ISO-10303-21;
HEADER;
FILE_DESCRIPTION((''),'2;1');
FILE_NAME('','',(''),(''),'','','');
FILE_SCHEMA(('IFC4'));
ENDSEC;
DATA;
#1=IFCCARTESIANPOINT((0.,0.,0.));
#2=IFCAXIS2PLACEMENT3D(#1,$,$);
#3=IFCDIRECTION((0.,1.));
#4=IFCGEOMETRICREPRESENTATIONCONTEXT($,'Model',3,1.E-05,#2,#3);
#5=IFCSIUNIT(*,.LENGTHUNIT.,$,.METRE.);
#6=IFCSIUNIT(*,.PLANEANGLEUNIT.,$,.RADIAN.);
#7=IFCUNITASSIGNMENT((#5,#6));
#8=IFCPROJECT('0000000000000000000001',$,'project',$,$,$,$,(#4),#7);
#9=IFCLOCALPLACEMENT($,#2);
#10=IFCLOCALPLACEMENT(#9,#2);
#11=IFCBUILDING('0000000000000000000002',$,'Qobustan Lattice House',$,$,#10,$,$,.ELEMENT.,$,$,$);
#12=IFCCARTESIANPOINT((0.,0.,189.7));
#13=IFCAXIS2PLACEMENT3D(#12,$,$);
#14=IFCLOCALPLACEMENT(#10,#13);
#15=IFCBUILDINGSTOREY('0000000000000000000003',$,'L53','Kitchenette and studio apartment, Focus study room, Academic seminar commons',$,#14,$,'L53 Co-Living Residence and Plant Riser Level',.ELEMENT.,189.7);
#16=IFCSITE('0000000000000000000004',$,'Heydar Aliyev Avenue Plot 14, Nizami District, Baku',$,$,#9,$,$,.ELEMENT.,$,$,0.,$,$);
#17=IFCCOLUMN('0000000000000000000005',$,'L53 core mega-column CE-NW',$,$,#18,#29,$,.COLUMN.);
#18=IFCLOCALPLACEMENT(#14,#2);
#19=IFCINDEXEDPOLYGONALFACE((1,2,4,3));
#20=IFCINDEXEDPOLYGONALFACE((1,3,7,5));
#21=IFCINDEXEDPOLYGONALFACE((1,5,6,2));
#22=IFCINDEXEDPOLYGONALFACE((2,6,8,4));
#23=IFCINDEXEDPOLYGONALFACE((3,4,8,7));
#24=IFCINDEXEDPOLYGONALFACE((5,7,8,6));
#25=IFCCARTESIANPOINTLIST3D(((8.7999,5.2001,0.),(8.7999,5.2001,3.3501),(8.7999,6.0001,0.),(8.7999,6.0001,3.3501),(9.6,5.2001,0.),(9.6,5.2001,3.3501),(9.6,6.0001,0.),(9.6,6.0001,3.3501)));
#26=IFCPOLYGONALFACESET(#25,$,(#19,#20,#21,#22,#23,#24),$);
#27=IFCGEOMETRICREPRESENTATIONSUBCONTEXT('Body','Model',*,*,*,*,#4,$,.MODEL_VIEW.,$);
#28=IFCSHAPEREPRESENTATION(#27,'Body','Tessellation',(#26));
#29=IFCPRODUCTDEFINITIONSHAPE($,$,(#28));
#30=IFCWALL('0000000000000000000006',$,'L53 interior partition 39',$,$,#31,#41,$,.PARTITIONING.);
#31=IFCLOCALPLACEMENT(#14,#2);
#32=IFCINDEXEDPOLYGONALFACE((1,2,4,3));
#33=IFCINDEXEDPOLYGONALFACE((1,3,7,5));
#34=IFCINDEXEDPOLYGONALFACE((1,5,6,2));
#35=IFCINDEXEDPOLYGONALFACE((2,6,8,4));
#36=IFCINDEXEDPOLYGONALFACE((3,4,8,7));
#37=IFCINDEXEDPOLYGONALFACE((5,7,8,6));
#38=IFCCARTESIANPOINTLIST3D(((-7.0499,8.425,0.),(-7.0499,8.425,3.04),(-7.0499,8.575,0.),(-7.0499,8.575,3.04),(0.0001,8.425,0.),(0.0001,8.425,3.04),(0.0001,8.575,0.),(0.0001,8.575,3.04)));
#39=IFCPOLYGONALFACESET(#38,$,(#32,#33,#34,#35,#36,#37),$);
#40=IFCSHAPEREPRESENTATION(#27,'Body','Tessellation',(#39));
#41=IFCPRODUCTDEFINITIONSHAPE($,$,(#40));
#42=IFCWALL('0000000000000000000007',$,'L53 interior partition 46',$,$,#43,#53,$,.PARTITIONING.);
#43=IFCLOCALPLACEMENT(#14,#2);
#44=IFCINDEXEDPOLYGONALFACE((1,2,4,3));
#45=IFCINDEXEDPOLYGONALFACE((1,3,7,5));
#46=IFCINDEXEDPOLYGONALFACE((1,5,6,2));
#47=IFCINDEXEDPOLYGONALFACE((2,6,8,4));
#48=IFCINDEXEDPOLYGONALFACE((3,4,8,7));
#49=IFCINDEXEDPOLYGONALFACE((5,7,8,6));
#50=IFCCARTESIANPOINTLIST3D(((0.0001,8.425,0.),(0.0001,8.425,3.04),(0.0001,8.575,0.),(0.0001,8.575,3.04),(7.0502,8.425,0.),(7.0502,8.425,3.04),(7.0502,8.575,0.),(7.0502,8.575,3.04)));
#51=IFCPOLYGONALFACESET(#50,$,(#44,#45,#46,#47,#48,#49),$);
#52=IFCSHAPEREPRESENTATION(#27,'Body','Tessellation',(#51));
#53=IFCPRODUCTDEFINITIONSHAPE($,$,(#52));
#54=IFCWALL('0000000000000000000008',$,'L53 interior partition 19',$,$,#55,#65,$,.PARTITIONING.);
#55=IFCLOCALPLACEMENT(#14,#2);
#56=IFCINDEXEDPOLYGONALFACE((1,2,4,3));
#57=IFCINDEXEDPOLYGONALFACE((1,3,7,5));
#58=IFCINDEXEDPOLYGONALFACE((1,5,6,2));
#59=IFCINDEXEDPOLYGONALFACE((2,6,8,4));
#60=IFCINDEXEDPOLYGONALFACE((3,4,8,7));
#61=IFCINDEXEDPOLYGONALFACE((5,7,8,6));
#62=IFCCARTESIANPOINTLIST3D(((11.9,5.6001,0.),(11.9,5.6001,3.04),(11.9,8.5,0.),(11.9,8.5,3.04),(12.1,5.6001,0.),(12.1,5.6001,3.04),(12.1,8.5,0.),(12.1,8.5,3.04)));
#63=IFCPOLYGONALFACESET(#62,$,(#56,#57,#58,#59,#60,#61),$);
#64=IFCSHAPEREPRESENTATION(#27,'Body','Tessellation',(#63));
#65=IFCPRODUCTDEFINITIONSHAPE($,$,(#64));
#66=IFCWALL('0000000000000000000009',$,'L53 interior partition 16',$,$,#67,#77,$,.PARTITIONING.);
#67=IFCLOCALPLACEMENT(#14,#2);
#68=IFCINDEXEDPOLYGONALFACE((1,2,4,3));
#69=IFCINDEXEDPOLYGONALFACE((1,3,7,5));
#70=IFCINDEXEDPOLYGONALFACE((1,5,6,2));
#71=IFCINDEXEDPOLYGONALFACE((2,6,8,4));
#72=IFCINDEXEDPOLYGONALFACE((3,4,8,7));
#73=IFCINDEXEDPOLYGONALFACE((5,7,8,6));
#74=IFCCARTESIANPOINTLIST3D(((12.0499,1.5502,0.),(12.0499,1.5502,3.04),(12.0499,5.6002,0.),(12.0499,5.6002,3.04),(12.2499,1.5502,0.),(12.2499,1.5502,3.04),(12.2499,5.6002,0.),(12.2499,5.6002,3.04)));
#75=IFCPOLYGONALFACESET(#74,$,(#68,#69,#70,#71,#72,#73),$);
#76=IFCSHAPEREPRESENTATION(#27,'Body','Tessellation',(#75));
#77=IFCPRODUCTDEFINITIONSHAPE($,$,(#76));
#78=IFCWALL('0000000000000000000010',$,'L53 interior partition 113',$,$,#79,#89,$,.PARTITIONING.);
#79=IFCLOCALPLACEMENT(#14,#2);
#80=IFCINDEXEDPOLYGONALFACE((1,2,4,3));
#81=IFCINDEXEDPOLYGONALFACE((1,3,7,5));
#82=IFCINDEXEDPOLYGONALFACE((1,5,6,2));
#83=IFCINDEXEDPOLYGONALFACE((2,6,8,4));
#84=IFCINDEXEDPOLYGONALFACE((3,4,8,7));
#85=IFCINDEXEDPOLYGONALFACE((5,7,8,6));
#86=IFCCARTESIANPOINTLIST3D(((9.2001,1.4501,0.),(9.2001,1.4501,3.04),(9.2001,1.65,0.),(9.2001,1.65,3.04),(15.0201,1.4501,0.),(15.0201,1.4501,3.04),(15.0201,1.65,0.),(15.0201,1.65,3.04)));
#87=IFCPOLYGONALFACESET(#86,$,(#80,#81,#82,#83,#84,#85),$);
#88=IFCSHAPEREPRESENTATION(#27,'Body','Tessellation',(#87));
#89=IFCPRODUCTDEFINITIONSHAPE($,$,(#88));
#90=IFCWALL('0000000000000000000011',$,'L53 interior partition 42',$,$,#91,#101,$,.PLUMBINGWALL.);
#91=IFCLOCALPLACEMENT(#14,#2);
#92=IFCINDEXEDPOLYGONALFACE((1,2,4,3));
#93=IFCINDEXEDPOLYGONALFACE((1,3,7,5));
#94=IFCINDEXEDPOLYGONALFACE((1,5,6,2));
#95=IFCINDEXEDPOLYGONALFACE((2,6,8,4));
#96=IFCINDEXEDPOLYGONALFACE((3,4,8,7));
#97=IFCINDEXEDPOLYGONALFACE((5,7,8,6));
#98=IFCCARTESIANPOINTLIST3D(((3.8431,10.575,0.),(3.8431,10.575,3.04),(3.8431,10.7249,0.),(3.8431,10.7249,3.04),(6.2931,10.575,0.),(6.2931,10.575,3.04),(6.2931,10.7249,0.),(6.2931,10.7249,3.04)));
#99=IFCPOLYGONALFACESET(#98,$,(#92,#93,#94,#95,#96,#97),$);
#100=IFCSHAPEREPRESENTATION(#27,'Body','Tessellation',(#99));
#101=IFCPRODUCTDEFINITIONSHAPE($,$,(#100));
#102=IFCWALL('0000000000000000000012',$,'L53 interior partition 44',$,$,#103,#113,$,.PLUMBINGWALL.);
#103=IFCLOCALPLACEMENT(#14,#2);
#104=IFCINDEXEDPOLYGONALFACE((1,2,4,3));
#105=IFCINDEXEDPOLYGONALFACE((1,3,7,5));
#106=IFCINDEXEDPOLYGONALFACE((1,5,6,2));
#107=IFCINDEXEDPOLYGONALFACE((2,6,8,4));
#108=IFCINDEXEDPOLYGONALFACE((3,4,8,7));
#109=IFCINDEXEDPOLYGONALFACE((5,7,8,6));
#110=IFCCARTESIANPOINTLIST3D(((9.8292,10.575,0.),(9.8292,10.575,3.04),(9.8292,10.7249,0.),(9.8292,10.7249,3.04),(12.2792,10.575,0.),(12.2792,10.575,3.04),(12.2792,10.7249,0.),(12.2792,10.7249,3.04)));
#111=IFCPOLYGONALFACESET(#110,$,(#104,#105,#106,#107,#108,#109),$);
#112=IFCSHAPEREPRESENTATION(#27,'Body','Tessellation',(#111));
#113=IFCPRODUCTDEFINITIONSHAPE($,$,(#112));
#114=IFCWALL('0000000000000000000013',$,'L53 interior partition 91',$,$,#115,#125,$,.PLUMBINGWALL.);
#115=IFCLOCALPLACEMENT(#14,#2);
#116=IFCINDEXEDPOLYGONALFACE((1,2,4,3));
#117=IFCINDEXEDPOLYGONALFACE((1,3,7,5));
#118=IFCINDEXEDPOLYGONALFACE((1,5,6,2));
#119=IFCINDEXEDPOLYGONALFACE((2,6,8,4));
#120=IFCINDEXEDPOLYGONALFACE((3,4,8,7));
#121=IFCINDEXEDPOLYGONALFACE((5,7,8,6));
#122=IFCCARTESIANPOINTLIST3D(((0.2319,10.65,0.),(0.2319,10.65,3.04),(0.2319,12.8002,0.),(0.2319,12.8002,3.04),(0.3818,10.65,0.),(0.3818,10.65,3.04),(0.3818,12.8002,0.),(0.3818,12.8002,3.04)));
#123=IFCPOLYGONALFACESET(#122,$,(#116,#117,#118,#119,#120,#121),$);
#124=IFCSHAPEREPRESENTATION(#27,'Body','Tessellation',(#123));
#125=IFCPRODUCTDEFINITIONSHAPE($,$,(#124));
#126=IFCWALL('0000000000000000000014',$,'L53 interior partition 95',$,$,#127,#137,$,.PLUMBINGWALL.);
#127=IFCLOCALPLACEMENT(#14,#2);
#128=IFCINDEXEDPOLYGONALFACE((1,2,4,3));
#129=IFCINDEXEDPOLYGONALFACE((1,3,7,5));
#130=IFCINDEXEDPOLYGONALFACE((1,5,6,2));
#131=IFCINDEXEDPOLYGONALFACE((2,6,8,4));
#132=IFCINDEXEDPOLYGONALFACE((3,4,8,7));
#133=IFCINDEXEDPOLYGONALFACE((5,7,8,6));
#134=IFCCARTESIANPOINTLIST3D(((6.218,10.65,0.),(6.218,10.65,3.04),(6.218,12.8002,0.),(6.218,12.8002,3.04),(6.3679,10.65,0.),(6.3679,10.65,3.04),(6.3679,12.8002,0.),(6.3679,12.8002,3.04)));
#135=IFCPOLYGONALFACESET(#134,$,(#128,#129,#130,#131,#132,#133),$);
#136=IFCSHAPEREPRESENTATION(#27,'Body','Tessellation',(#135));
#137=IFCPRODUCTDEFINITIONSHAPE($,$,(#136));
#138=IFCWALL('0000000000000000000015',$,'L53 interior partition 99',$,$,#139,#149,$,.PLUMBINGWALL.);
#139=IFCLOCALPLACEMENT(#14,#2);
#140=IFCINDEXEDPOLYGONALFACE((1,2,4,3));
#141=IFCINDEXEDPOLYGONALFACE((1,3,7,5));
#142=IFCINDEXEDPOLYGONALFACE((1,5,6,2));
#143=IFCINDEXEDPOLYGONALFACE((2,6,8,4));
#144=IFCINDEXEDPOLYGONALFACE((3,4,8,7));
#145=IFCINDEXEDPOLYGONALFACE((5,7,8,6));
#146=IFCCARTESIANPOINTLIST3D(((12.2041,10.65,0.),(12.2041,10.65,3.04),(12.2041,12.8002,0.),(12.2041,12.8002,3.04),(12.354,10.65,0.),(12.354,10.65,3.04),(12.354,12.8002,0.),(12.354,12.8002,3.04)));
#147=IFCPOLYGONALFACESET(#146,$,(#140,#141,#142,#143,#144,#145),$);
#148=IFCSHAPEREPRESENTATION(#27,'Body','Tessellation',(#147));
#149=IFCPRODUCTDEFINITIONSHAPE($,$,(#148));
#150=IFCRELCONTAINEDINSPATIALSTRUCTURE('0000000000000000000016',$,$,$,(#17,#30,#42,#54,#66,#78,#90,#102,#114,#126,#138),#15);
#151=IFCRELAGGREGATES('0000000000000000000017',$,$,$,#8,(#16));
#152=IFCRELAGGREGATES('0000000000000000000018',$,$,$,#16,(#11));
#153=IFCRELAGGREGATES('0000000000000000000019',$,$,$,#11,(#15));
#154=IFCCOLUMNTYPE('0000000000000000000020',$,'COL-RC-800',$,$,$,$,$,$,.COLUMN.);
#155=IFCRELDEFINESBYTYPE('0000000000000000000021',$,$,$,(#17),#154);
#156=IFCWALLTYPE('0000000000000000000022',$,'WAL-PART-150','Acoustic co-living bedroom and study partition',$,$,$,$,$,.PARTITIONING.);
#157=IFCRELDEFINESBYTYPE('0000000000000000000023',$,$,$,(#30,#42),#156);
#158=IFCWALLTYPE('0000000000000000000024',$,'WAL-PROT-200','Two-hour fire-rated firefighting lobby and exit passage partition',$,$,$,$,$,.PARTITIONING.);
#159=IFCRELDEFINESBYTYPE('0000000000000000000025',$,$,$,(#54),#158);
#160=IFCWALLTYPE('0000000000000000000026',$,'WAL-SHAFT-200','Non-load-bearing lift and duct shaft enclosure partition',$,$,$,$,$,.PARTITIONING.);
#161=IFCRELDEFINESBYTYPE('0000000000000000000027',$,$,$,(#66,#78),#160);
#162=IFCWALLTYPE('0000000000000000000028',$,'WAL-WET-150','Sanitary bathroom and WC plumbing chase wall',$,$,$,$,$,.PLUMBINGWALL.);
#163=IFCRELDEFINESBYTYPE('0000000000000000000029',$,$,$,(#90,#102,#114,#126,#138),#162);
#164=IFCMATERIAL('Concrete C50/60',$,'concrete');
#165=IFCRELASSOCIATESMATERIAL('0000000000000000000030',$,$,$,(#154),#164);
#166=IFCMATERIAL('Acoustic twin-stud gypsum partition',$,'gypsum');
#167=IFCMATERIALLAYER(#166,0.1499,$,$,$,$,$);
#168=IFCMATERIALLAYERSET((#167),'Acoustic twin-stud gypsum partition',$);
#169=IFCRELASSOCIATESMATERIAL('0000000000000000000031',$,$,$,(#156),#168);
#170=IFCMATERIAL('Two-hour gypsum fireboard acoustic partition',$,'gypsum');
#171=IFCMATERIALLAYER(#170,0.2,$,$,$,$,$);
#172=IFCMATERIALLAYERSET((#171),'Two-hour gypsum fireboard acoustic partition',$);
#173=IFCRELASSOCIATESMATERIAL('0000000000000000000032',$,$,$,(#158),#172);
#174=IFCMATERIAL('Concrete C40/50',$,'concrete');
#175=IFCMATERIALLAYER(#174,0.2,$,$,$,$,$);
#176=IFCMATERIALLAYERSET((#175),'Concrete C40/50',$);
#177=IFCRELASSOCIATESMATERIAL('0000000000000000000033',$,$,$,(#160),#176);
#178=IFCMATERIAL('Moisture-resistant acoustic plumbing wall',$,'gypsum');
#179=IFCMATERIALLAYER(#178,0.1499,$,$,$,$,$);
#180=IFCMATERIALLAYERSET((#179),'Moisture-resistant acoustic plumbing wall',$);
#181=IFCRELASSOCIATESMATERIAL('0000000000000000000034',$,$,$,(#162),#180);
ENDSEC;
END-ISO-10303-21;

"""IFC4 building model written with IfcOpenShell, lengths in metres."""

from ifc_helpers import new_model, si_unit, direction, frame, frame_2d, origin, origin_2d, place, context, subcontext, project, spatial, rectangle, extrude, material, layer, layer_set, material_profile, profile_set, type_object, element, save


model = new_model("IFC4")

# Units and contexts
model_context = context("Model", 3, precision=1e-05, world=origin(), true_north=direction((0.0, 1.0)))
body_context = subcontext(model_context, "Body", "Model", "MODEL_VIEW")
ifc_project = project(units=[si_unit("LENGTHUNIT", "METRE"), si_unit("PLANEANGLEUNIT", "RADIAN")], contexts=[model_context])

# Site, building, storey
site_placement = place(None, origin())
site = spatial("IfcSite", under=ifc_project, at=site_placement, Name="Heydar Aliyev Avenue Plot 14, Nizami District, Baku", CompositionType="ELEMENT", RefElevation=0.0)
building_placement = place(site_placement, origin())
building = spatial("IfcBuilding", under=site, at=building_placement, Name="Qobustan Lattice House", CompositionType="ELEMENT")
storey_placement = place(building_placement, frame((0.0, 0.0, 189.7)))
storey = spatial("IfcBuildingStorey", under=building, at=storey_placement, Name="L53", Description="Kitchenette and studio apartment, Focus study room, Academic seminar commons", LongName="L53 Co-Living Residence and Plant Riser Level", CompositionType="ELEMENT", Elevation=189.7)

# Column
ifc_material_1 = material(Name="Concrete C50/60", Category="concrete")
ifc_material_profile = material_profile(ifc_material_1, rectangle(XDim=0.8, YDim=0.8, at=origin_2d()), Name="RC800x800")
ifc_profile_set = profile_set([ifc_material_profile], Name="Concrete C50/60")
column_type = type_object("IfcColumnType", Name="COL-RC-800", PredefinedType="COLUMN", material=ifc_profile_set)
column_placement = place(storey_placement, frame((9.2, 5.6001, 0.0), z_axis=(0.0, 0.0, 1.0), x_axis=(1.0, 0.0, 0.0)))
element("IfcColumn", 1, at=column_placement, inside=storey, type_object=column_type, Name="L53 core mega-column CE-NW", PredefinedType="COLUMN", context=body_context, shape_type="SweptSolid", body=[
    extrude(rectangle(XDim=0.8, YDim=0.8, at=origin_2d()), origin(), (0.0, 0.0, 1.0), 3.3501),
])

# Walls
ifc_material_2 = material(Name="Acoustic twin-stud gypsum partition", Category="gypsum")
ifc_layer_1 = layer(ifc_material_2, 0.1499)
ifc_layer_set_1 = layer_set([ifc_layer_1], Name="Acoustic twin-stud gypsum partition")
wall_type_1 = type_object("IfcWallType", Name="WAL-PART-150", Description="Acoustic co-living bedroom and study partition", PredefinedType="PARTITIONING", material=ifc_layer_set_1)
for number, where, z_axis, x_axis, name in (
    (2, (0.0, 8.5, 0.0), (0.0, 0.0, 1.0), (-1.0, 0.0, 0.0), "L53 interior partition 39"),
    (3, (7.05, 8.5, 0.0), (0.0, 0.0, 1.0), (-1.0, 0.0, 0.0), "L53 interior partition 46"),
):
    element("IfcWall", number, at=place(storey_placement, frame(where, z_axis=z_axis, x_axis=x_axis)), inside=storey, type_object=wall_type_1, Name=name, PredefinedType="PARTITIONING", context=body_context, shape_type="SweptSolid", body=[
        extrude(rectangle(XDim=7.05, YDim=0.1499, at=frame_2d((3.5249, 0.0))), origin(), (0.0, 0.0, 1.0), 3.04),
    ])
ifc_material_3 = material(Name="Two-hour gypsum fireboard acoustic partition", Category="gypsum")
ifc_layer_2 = layer(ifc_material_3, 0.2)
ifc_layer_set_2 = layer_set([ifc_layer_2], Name="Two-hour gypsum fireboard acoustic partition")
wall_type_2 = type_object("IfcWallType", Name="WAL-PROT-200", Description="Two-hour fire-rated firefighting lobby and exit passage partition", PredefinedType="PARTITIONING", material=ifc_layer_set_2)
wall_1_placement = place(storey_placement, frame((12.0, 8.5, 0.0), z_axis=(0.0, 0.0, 1.0), x_axis=(0.0, -1.0, 0.0)))
element("IfcWall", 4, at=wall_1_placement, inside=storey, type_object=wall_type_2, Name="L53 interior partition 19", PredefinedType="PARTITIONING", context=body_context, shape_type="SweptSolid", body=[
    extrude(rectangle(XDim=2.8999, YDim=0.2, at=frame_2d((1.45, 0.0))), origin(), (0.0, 0.0, 1.0), 3.04),
])
ifc_material_4 = material(Name="Concrete C40/50", Category="concrete")
ifc_layer_3 = layer(ifc_material_4, 0.2)
ifc_layer_set_3 = layer_set([ifc_layer_3], Name="Concrete C40/50")
wall_type_3 = type_object("IfcWallType", Name="WAL-SHAFT-200", Description="Non-load-bearing lift and duct shaft enclosure partition", PredefinedType="PARTITIONING", material=ifc_layer_set_3)
wall_2_placement = place(storey_placement, frame((12.1499, 5.6001, 0.0), z_axis=(0.0, 0.0, 1.0), x_axis=(0.0, -1.0, 0.0)))
element("IfcWall", 5, at=wall_2_placement, inside=storey, type_object=wall_type_3, Name="L53 interior partition 16", PredefinedType="PARTITIONING", context=body_context, shape_type="SweptSolid", body=[
    extrude(rectangle(XDim=4.05, YDim=0.2, at=frame_2d((2.0249, 0.0))), origin(), (0.0, 0.0, 1.0), 3.04),
])
wall_3_placement = place(storey_placement, frame((9.2, 1.55, 0.0), z_axis=(0.0, 0.0, 1.0), x_axis=(1.0, 0.0, 0.0)))
element("IfcWall", 6, at=wall_3_placement, inside=storey, type_object=wall_type_3, Name="L53 interior partition 113", PredefinedType="PARTITIONING", context=body_context, shape_type="SweptSolid", body=[
    extrude(rectangle(XDim=5.8201, YDim=0.2, at=frame_2d((2.9102, 0.0))), origin(), (0.0, 0.0, 1.0), 3.04),
])
ifc_material_5 = material(Name="Moisture-resistant acoustic plumbing wall", Category="gypsum")
ifc_layer_4 = layer(ifc_material_5, 0.1499)
ifc_layer_set_4 = layer_set([ifc_layer_4], Name="Moisture-resistant acoustic plumbing wall")
wall_type_4 = type_object("IfcWallType", Name="WAL-WET-150", Description="Sanitary bathroom and WC plumbing chase wall", PredefinedType="PLUMBINGWALL", material=ifc_layer_set_4)
for number, where, z_axis, x_axis, name in (
    (7, (3.843, 10.6499, 0.0), (0.0, 0.0, 1.0), (1.0, 0.0, 0.0), "L53 interior partition 42"),
    (8, (9.8291, 10.6499, 0.0), (0.0, 0.0, 1.0), (1.0, 0.0, 0.0), "L53 interior partition 44"),
):
    element("IfcWall", number, at=place(storey_placement, frame(where, z_axis=z_axis, x_axis=x_axis)), inside=storey, type_object=wall_type_4, Name=name, PredefinedType="PLUMBINGWALL", context=body_context, shape_type="SweptSolid", body=[
        extrude(rectangle(XDim=2.45, YDim=0.1499, at=frame_2d((1.2251, 0.0))), origin(), (0.0, 0.0, 1.0), 3.04),
    ])
for number, where, z_axis, x_axis, name in (
    (9, (0.3069, 10.6499, 0.0), (0.0, 0.0, 1.0), (0.0, 1.0, 0.0), "L53 interior partition 91"),
    (10, (6.293, 10.6499, 0.0), (0.0, 0.0, 1.0), (0.0, 1.0, 0.0), "L53 interior partition 95"),
    (11, (12.2791, 10.6499, 0.0), (0.0, 0.0, 1.0), (0.0, 1.0, 0.0), "L53 interior partition 99"),
):
    element("IfcWall", number, at=place(storey_placement, frame(where, z_axis=z_axis, x_axis=x_axis)), inside=storey, type_object=wall_type_4, Name=name, PredefinedType="PLUMBINGWALL", context=body_context, shape_type="SweptSolid", body=[
        extrude(rectangle(XDim=2.1501, YDim=0.1499, at=frame_2d((1.0752, 0.0))), origin(), (0.0, 0.0, 1.0), 3.04),
    ])

save(model, "model.ifc")
